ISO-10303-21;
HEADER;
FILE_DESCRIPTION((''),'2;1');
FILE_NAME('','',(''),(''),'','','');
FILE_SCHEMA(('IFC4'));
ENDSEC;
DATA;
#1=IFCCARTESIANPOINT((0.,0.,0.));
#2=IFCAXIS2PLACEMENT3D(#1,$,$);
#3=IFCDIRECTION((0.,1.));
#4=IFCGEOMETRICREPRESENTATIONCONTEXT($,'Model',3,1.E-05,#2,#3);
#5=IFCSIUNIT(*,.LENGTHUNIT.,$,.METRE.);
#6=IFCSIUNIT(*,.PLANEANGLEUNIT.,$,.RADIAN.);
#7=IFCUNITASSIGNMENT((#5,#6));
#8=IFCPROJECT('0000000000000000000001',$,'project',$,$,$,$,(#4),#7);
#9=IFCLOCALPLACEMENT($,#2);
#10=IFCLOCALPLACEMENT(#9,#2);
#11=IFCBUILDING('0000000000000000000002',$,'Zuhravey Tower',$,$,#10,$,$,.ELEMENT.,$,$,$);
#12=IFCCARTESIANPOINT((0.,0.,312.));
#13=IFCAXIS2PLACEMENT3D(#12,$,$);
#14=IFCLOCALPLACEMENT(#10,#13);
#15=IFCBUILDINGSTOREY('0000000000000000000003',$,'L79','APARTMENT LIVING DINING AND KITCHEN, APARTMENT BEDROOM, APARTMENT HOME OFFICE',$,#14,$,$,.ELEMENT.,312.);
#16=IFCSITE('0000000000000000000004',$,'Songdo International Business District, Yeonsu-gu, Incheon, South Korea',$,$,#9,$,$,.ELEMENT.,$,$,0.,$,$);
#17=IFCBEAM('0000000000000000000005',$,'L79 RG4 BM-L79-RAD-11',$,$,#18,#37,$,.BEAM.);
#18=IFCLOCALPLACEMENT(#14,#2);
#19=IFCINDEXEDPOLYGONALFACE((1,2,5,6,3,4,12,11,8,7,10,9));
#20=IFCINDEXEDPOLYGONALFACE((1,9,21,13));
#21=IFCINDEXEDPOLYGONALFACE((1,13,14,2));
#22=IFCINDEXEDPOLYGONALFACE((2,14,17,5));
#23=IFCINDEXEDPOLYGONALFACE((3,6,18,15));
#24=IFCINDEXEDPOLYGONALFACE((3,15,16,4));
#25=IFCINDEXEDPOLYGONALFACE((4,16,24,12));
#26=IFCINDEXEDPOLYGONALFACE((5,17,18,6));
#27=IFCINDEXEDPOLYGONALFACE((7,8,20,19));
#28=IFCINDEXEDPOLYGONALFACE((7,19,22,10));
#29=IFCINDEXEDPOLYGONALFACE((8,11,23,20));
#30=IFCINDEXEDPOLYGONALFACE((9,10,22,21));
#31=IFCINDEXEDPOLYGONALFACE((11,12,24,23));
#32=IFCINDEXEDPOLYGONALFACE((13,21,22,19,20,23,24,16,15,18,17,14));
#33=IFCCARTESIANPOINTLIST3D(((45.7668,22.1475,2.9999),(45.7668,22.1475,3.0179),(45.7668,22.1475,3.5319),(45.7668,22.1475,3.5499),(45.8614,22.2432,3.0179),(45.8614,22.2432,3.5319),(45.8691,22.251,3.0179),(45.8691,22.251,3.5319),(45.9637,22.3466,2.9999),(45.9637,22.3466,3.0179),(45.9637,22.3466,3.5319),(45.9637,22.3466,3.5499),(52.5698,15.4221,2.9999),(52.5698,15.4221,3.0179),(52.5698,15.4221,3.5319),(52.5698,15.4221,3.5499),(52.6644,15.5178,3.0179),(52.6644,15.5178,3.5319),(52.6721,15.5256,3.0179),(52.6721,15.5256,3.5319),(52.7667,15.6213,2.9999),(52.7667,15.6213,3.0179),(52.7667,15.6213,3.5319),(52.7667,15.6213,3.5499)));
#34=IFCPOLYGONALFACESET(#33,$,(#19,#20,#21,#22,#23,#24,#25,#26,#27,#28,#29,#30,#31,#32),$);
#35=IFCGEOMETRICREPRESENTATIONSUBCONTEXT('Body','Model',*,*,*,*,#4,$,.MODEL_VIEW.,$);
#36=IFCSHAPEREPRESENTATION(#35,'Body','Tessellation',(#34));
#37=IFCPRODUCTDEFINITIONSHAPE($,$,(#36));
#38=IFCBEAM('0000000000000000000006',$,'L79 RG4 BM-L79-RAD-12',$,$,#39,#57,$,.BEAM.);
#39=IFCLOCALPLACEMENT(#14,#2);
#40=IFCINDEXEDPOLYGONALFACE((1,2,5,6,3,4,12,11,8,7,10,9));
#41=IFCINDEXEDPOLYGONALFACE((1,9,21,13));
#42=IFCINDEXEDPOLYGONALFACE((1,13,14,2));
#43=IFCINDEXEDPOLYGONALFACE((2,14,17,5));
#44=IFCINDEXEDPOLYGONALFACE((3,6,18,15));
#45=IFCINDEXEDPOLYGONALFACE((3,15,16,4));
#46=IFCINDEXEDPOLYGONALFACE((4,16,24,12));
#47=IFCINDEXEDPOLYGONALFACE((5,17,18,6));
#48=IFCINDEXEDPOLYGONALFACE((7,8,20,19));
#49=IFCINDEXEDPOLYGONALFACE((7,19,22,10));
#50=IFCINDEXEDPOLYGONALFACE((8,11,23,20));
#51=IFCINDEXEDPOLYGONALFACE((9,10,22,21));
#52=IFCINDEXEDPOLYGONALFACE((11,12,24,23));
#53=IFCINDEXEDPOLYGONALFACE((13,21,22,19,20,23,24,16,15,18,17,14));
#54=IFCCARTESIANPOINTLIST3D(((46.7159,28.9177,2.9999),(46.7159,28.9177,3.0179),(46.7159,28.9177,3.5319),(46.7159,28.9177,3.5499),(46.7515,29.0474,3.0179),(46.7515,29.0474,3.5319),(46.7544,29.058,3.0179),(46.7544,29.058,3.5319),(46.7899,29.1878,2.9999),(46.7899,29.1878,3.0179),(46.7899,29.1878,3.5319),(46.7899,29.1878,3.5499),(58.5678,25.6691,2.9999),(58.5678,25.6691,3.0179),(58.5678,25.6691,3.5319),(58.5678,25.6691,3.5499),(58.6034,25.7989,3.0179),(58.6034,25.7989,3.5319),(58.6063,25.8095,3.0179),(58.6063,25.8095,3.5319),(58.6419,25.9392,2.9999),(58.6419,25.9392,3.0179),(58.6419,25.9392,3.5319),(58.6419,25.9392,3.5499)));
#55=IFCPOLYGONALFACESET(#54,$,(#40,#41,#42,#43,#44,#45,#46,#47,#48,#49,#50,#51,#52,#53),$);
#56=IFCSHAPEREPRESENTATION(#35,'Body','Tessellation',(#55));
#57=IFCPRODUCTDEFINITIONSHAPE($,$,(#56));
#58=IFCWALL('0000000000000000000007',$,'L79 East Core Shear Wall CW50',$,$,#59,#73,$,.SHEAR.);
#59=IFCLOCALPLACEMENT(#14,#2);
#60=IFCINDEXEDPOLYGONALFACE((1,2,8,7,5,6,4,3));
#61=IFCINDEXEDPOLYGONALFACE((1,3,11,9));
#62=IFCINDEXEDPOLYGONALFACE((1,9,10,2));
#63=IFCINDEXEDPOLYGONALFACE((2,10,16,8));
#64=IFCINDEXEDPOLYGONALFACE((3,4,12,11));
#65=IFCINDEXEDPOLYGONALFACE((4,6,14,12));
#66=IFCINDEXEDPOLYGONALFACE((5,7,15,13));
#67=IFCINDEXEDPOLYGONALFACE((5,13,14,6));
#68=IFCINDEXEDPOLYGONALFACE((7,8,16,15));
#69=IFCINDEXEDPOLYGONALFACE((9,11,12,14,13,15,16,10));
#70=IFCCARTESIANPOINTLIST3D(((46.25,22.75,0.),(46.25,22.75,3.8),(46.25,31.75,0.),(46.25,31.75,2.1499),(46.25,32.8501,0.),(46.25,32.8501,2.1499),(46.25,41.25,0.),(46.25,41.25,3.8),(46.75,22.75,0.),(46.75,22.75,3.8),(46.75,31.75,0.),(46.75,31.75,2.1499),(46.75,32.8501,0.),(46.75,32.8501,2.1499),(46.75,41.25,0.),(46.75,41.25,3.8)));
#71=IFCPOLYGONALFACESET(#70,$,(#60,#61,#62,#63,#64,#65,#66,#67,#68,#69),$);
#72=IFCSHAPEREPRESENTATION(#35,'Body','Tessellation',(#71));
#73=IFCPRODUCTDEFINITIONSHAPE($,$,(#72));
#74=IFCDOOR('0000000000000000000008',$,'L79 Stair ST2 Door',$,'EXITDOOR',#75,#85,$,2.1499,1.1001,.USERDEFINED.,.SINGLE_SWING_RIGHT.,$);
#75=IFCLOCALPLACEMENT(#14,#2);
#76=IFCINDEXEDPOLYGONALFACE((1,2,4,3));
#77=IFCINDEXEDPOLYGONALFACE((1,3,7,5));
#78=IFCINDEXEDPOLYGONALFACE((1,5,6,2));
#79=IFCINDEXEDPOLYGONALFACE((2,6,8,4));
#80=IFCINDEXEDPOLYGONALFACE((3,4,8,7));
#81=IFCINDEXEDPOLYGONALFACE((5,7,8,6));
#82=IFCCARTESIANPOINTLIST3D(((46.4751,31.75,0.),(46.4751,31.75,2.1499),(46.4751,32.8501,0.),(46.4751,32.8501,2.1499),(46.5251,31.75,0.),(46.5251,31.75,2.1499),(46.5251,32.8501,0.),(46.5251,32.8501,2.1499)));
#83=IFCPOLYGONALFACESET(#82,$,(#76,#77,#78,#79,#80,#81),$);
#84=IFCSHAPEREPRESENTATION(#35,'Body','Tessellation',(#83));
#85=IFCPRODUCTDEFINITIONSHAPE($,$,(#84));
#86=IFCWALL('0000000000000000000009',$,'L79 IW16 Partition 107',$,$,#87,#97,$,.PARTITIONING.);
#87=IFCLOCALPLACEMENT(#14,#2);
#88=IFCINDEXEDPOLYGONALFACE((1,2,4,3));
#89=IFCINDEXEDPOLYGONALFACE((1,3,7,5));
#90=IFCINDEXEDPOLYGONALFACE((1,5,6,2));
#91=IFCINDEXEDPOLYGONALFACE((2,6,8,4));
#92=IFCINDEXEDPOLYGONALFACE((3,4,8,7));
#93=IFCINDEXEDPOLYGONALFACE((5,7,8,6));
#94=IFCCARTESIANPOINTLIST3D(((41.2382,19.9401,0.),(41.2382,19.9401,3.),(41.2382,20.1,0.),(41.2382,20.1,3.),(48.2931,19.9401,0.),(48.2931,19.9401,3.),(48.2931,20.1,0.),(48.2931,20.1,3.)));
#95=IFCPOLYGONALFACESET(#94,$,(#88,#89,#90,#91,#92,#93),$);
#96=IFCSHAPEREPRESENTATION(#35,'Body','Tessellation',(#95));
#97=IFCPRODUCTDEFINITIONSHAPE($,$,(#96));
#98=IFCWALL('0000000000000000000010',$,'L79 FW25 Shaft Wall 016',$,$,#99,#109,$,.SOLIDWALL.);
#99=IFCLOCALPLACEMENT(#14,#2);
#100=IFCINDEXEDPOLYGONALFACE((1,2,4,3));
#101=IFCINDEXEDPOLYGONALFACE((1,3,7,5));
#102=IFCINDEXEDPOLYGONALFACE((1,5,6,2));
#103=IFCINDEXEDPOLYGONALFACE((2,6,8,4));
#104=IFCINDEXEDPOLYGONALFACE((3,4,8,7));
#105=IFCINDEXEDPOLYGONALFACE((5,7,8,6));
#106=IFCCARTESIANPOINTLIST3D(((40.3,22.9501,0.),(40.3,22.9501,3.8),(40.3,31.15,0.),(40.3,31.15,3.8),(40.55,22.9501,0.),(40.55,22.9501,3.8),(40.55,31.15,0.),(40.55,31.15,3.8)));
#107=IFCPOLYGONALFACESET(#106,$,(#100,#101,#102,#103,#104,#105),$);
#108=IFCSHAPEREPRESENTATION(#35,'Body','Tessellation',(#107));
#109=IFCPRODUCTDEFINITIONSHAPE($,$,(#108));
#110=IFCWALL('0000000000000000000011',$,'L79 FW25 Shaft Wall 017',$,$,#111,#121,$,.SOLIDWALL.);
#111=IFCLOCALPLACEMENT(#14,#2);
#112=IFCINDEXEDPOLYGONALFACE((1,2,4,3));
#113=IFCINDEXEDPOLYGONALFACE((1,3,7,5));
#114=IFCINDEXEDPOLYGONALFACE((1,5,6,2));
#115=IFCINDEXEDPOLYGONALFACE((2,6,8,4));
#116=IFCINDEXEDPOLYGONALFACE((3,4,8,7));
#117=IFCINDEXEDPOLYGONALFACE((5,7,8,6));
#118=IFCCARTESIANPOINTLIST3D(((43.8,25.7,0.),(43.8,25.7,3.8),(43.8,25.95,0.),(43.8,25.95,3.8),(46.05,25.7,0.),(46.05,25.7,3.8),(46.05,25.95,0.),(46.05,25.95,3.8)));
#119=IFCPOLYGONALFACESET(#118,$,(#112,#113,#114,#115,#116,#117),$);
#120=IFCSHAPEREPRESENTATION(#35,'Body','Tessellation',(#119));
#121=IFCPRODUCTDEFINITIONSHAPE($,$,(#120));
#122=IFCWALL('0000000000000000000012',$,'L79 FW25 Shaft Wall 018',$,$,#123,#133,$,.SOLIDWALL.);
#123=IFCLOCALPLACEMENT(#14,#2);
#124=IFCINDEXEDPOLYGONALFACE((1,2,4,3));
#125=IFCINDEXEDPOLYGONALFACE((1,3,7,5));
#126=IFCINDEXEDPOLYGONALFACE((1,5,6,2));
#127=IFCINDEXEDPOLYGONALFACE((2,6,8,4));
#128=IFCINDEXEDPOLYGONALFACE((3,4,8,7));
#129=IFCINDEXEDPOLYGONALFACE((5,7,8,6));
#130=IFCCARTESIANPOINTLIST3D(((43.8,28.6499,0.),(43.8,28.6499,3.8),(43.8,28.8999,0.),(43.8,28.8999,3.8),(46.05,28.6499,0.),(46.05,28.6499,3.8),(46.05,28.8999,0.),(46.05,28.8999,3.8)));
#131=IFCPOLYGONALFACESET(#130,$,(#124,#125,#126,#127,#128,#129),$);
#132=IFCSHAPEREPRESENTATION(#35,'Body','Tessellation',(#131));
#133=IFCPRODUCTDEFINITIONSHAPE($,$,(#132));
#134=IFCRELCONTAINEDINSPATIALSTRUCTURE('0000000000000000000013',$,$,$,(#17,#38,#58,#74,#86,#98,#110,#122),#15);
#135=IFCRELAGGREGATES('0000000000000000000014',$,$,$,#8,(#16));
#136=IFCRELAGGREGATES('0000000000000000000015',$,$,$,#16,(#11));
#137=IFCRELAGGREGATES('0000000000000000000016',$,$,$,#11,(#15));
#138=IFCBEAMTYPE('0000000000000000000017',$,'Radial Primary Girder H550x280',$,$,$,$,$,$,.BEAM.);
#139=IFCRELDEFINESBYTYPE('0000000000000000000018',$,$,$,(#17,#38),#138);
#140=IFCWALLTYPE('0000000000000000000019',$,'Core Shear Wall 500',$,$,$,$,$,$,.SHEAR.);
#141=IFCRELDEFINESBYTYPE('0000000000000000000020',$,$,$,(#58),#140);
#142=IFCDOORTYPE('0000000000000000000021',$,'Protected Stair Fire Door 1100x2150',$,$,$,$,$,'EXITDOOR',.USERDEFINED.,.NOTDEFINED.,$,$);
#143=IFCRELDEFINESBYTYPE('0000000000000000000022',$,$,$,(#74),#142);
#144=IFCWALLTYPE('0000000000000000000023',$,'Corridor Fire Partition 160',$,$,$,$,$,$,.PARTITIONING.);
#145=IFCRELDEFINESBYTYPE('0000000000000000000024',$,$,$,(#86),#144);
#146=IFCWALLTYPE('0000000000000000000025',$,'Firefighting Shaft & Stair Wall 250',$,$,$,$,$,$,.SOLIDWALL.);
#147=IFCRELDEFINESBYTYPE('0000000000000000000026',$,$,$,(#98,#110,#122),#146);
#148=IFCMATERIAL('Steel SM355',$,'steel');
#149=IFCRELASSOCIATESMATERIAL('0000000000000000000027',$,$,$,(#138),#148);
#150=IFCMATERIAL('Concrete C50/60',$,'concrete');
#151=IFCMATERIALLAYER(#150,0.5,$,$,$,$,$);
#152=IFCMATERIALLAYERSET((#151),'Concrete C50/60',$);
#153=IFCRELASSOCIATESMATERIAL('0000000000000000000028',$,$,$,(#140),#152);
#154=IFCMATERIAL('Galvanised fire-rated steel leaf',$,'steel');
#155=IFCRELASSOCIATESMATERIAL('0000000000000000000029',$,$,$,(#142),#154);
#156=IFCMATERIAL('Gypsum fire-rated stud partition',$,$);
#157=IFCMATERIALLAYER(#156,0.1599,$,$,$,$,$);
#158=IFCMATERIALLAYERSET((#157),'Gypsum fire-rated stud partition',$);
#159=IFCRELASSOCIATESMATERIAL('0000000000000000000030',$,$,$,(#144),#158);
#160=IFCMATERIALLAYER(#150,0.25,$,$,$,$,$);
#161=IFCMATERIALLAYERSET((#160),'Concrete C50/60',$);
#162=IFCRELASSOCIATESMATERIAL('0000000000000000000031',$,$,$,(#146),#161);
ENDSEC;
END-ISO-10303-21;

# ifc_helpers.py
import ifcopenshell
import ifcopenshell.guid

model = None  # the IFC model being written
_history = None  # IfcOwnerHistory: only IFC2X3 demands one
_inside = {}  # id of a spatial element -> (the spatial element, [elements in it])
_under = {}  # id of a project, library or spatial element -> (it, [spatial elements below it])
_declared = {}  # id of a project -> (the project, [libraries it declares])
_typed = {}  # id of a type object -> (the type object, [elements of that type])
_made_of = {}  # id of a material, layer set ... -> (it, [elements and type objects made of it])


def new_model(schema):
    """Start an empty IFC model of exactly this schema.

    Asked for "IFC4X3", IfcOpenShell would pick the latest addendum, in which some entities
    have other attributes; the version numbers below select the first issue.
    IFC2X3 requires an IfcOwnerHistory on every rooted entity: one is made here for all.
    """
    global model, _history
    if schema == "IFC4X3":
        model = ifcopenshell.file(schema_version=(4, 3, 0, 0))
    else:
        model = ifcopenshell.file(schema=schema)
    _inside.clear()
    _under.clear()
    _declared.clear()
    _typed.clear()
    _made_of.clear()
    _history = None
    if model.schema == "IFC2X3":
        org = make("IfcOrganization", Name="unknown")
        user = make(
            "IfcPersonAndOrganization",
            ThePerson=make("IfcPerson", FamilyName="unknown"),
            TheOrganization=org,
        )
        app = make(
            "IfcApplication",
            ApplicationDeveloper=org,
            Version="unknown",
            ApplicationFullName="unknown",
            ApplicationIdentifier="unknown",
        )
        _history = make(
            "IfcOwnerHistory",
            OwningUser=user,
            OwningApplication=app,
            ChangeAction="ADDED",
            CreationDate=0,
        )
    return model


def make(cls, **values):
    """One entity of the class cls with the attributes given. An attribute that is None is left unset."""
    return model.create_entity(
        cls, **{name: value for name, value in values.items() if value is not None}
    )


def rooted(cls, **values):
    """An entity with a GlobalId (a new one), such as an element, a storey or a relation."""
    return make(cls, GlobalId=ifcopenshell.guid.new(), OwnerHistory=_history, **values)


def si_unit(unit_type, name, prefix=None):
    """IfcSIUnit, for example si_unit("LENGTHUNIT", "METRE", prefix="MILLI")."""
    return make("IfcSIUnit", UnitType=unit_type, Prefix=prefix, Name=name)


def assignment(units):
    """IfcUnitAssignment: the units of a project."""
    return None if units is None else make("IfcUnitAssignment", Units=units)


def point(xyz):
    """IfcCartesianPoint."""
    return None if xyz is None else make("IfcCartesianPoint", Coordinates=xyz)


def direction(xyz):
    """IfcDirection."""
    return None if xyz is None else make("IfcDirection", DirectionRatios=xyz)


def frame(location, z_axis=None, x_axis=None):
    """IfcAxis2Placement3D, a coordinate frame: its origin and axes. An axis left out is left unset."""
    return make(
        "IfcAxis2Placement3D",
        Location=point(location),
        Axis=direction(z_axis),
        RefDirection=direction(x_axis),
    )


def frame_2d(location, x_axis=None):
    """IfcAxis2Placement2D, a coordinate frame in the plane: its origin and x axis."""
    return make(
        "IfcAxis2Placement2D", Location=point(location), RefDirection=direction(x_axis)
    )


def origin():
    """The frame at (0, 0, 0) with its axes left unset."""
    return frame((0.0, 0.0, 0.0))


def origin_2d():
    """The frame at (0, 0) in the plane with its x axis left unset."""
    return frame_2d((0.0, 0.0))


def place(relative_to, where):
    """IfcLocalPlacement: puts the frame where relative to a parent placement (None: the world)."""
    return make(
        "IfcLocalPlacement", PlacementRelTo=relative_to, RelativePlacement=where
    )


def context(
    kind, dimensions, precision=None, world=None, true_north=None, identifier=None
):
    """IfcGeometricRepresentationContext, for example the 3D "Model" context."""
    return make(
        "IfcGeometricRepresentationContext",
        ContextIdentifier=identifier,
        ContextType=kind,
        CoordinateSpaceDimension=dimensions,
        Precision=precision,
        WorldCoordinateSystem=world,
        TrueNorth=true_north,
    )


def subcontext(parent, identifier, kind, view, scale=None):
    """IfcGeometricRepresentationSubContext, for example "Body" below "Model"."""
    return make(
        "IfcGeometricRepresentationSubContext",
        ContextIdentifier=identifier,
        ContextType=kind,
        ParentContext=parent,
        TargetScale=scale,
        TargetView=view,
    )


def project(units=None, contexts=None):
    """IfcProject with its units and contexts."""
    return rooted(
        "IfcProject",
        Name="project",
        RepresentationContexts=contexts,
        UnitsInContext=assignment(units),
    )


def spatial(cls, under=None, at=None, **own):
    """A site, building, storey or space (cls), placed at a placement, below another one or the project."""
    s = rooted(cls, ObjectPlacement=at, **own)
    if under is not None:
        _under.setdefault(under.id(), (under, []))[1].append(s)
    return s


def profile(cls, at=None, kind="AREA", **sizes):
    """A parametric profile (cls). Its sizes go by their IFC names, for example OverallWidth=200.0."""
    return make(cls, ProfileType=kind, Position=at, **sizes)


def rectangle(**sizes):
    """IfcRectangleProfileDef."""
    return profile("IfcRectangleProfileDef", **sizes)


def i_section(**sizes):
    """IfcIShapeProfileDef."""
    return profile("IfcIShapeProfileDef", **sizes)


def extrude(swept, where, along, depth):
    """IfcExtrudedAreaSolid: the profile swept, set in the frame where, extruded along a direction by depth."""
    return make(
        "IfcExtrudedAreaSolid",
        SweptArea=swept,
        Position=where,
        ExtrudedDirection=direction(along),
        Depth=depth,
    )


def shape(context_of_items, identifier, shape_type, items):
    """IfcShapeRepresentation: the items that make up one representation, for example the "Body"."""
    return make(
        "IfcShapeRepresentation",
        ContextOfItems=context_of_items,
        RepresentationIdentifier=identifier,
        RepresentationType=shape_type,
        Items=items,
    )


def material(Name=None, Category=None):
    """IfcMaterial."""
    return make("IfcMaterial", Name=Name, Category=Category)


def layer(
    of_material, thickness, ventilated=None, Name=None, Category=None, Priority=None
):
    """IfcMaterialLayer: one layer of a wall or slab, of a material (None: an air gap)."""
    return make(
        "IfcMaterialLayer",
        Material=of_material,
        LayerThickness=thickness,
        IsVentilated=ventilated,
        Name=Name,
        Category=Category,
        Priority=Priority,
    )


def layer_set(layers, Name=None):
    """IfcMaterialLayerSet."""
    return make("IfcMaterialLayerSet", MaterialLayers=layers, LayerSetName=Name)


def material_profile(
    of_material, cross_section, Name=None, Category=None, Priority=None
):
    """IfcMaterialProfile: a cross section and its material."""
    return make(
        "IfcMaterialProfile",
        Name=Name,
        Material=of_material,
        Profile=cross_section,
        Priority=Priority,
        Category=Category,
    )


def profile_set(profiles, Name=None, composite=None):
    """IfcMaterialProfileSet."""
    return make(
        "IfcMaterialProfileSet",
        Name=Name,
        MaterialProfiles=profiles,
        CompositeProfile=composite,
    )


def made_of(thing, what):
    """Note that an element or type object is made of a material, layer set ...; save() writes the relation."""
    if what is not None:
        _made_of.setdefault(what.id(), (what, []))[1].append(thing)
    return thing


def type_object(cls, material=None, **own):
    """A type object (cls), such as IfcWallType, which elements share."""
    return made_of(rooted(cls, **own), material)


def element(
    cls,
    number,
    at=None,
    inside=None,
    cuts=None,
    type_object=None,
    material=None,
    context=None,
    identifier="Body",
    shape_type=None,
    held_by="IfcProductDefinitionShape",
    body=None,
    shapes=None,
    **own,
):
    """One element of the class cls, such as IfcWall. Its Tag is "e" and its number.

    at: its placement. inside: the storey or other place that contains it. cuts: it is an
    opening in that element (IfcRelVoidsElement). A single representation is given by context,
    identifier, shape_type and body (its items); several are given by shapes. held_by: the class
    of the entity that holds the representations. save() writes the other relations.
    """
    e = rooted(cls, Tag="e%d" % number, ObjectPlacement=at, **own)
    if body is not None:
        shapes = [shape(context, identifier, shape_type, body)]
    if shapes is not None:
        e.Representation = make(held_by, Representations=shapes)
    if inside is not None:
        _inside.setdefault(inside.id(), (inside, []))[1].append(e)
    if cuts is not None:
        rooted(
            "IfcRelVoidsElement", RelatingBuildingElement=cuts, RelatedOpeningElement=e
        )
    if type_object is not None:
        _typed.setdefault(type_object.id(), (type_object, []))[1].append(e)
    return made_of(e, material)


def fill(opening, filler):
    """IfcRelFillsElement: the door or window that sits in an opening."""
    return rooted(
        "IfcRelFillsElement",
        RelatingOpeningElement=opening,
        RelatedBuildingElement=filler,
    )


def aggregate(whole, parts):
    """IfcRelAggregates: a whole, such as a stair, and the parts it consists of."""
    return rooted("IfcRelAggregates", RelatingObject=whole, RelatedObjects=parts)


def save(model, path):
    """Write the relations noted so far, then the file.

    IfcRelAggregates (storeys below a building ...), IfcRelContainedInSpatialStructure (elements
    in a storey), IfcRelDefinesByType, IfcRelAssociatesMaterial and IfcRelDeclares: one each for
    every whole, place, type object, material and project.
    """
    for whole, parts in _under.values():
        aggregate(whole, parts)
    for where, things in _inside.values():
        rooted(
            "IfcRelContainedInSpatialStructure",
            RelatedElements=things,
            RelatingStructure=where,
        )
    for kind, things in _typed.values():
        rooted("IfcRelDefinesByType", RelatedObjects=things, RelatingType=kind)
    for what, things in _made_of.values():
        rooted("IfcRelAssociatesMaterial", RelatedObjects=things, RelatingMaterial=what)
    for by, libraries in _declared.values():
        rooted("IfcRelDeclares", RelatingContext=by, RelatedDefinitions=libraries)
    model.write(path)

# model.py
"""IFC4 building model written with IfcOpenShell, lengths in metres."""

from ifc_helpers import new_model, si_unit, direction, frame, frame_2d, origin, origin_2d, place, context, subcontext, project, spatial, rectangle, i_section, extrude, material, layer, layer_set, material_profile, profile_set, type_object, element, fill, save


model = new_model("IFC4")

# Units and contexts
model_context = context("Model", 3, precision=1e-05, world=origin(), true_north=direction((0.0, 1.0)))
body_context = subcontext(model_context, "Body", "Model", "MODEL_VIEW")
ifc_project = project(units=[si_unit("LENGTHUNIT", "METRE"), si_unit("PLANEANGLEUNIT", "RADIAN")], contexts=[model_context])

# Site, building, storey
site_placement = place(None, origin())
site = spatial("IfcSite", under=ifc_project, at=site_placement, Name="Songdo International Business District, Yeonsu-gu, Incheon, South Korea", CompositionType="ELEMENT", RefElevation=0.0)
building_placement = place(site_placement, origin())
building = spatial("IfcBuilding", under=site, at=building_placement, Name="Zuhravey Tower", CompositionType="ELEMENT")
storey_placement = place(building_placement, frame((0.0, 0.0, 312.0)))
storey = spatial("IfcBuildingStorey", under=building, at=storey_placement, Name="L79", Description="APARTMENT LIVING DINING AND KITCHEN, APARTMENT BEDROOM, APARTMENT HOME OFFICE", CompositionType="ELEMENT", Elevation=312.0)

# Beams
ifc_material_1 = material(Name="Steel SM355", Category="steel")
ifc_material_profile = material_profile(ifc_material_1, i_section(OverallWidth=0.28, OverallDepth=0.55, WebThickness=0.011, FlangeThickness=0.0181, at=origin_2d()), Name="H-550x280x11x18")
ifc_profile_set = profile_set([ifc_material_profile], Name="Steel SM355")
beam_type = type_object("IfcBeamType", Name="Radial Primary Girder H550x280", PredefinedType="BEAM", material=ifc_profile_set)
beam_1_placement = place(storey_placement, frame((45.8652, 22.2471, 3.2749), z_axis=(0.711153, -0.703037, 0.0), x_axis=(0.703037, 0.711153, 0.0)))
element("IfcBeam", 1, at=beam_1_placement, inside=storey, type_object=beam_type, Name="L79 RG4 BM-L79-RAD-11", PredefinedType="BEAM", context=body_context, shape_type="SweptSolid", body=[
    extrude(i_section(OverallWidth=0.28, OverallDepth=0.55, WebThickness=0.011, FlangeThickness=0.0181, at=origin_2d()), origin(), (0.0, 0.0, 1.0), 9.5662),
])
beam_2_placement = place(storey_placement, frame((46.7529, 29.0527, 3.2749), z_axis=(0.964428, -0.264346, 0.0), x_axis=(0.264346, 0.964428, 0.0)))
element("IfcBeam", 2, at=beam_2_placement, inside=storey, type_object=beam_type, Name="L79 RG4 BM-L79-RAD-12", PredefinedType="BEAM", context=body_context, shape_type="SweptSolid", body=[
    extrude(i_section(OverallWidth=0.28, OverallDepth=0.55, WebThickness=0.011, FlangeThickness=0.0181, at=origin_2d()), origin(), (0.0, 0.0, 1.0), 12.2891),
])

# Wall, opening, door
ifc_material_2 = material(Name="Concrete C50/60", Category="concrete")
ifc_layer_1 = layer(ifc_material_2, 0.5)
ifc_layer_set_1 = layer_set([ifc_layer_1], Name="Concrete C50/60")
wall_type_1 = type_object("IfcWallType", Name="Core Shear Wall 500", PredefinedType="SHEAR", material=ifc_layer_set_1)
wall_1_placement = place(storey_placement, frame((46.5, 22.75, 0.0), z_axis=(0.0, 0.0, 1.0), x_axis=(0.0, 1.0, 0.0)))
wall_1 = element("IfcWall", 3, at=wall_1_placement, inside=storey, type_object=wall_type_1, Name="L79 East Core Shear Wall CW50", PredefinedType="SHEAR", context=body_context, shape_type="SweptSolid", body=[
    extrude(rectangle(XDim=18.5, YDim=0.5, at=frame_2d((9.25, 0.0))), origin(), (0.0, 0.0, 1.0), 3.8),
])
opening_1_placement = place(wall_1_placement, frame((9.0, 0.0, 0.0)))
opening_1 = element("IfcOpeningElement", 4, at=opening_1_placement, cuts=wall_1, PredefinedType="OPENING", context=body_context, shape_type="SweptSolid", body=[
    extrude(rectangle(XDim=1.1001, YDim=2.1499, at=frame_2d((0.55, 1.075))), frame((0.0, 0.262, 0.0), z_axis=(0.0, -1.0, 0.0), x_axis=(1.0, 0.0, 0.0)), (0.0, 0.0, 1.0), 0.5239),
])
ifc_material_3 = material(Name="Galvanised fire-rated steel leaf", Category="steel")
door_type_1 = type_object("IfcDoorType", Name="Protected Stair Fire Door 1100x2150", ElementType="EXITDOOR", OperationType="NOTDEFINED", PredefinedType="USERDEFINED", material=ifc_material_3)
door_1_placement = place(opening_1_placement, origin())
door_1 = element("IfcDoor", 5, at=door_1_placement, inside=storey, type_object=door_type_1, Name="L79 Stair ST2 Door", ObjectType="EXITDOOR", OperationType="SINGLE_SWING_RIGHT", OverallHeight=2.1499, OverallWidth=1.1001, PredefinedType="USERDEFINED", context=body_context, shape_type="SweptSolid", body=[
    extrude(rectangle(XDim=1.1001, YDim=2.1499, at=frame_2d((0.55, 1.075))), frame((0.0, 0.0249, 0.0), z_axis=(0.0, -1.0, 0.0), x_axis=(1.0, 0.0, 0.0)), (0.0, 0.0, 1.0), 0.05),
])
fill(opening_1, door_1)

# Walls
ifc_material_4 = material(Name="Gypsum fire-rated stud partition")
ifc_layer_2 = layer(ifc_material_4, 0.1599)
ifc_layer_set_2 = layer_set([ifc_layer_2], Name="Gypsum fire-rated stud partition")
wall_type_2 = type_object("IfcWallType", Name="Corridor Fire Partition 160", PredefinedType="PARTITIONING", material=ifc_layer_set_2)
wall_2_placement = place(storey_placement, frame((41.2383, 20.02, 0.0), z_axis=(0.0, 0.0, 1.0), x_axis=(1.0, 0.0, 0.0)))
element("IfcWall", 6, at=wall_2_placement, inside=storey, type_object=wall_type_2, Name="L79 IW16 Partition 107", PredefinedType="PARTITIONING", context=body_context, shape_type="SweptSolid", body=[
    extrude(rectangle(XDim=7.0549, YDim=0.1599, at=frame_2d((3.5273, 0.0))), origin(), (0.0, 0.0, 1.0), 3.0),
])
ifc_layer_3 = layer(ifc_material_2, 0.25)
ifc_layer_set_3 = layer_set([ifc_layer_3], Name="Concrete C50/60")
wall_type_3 = type_object("IfcWallType", Name="Firefighting Shaft & Stair Wall 250", PredefinedType="SOLIDWALL", material=ifc_layer_set_3)
wall_3_placement = place(storey_placement, frame((40.425, 22.95, 0.0), z_axis=(0.0, 0.0, 1.0), x_axis=(0.0, 1.0, 0.0)))
element("IfcWall", 7, at=wall_3_placement, inside=storey, type_object=wall_type_3, Name="L79 FW25 Shaft Wall 016", PredefinedType="SOLIDWALL", context=body_context, shape_type="SweptSolid", body=[
    extrude(rectangle(XDim=8.2, YDim=0.25, at=frame_2d((4.1001, 0.0))), origin(), (0.0, 0.0, 1.0), 3.8),
])
for number, where, z_axis, x_axis, name in (
    (8, (43.8, 25.825, 0.0), (0.0, 0.0, 1.0), (1.0, 0.0, 0.0), "L79 FW25 Shaft Wall 017"),
    (9, (43.8, 28.7749, 0.0), (0.0, 0.0, 1.0), (1.0, 0.0, 0.0), "L79 FW25 Shaft Wall 018"),
):
    element("IfcWall", number, at=place(storey_placement, frame(where, z_axis=z_axis, x_axis=x_axis)), inside=storey, type_object=wall_type_3, Name=name, PredefinedType="SOLIDWALL", context=body_context, shape_type="SweptSolid", body=[
        extrude(rectangle(XDim=2.25, YDim=0.25, at=frame_2d((1.125, 0.0))), origin(), (0.0, 0.0, 1.0), 3.8),
    ])

save(model, "model.ifc")
